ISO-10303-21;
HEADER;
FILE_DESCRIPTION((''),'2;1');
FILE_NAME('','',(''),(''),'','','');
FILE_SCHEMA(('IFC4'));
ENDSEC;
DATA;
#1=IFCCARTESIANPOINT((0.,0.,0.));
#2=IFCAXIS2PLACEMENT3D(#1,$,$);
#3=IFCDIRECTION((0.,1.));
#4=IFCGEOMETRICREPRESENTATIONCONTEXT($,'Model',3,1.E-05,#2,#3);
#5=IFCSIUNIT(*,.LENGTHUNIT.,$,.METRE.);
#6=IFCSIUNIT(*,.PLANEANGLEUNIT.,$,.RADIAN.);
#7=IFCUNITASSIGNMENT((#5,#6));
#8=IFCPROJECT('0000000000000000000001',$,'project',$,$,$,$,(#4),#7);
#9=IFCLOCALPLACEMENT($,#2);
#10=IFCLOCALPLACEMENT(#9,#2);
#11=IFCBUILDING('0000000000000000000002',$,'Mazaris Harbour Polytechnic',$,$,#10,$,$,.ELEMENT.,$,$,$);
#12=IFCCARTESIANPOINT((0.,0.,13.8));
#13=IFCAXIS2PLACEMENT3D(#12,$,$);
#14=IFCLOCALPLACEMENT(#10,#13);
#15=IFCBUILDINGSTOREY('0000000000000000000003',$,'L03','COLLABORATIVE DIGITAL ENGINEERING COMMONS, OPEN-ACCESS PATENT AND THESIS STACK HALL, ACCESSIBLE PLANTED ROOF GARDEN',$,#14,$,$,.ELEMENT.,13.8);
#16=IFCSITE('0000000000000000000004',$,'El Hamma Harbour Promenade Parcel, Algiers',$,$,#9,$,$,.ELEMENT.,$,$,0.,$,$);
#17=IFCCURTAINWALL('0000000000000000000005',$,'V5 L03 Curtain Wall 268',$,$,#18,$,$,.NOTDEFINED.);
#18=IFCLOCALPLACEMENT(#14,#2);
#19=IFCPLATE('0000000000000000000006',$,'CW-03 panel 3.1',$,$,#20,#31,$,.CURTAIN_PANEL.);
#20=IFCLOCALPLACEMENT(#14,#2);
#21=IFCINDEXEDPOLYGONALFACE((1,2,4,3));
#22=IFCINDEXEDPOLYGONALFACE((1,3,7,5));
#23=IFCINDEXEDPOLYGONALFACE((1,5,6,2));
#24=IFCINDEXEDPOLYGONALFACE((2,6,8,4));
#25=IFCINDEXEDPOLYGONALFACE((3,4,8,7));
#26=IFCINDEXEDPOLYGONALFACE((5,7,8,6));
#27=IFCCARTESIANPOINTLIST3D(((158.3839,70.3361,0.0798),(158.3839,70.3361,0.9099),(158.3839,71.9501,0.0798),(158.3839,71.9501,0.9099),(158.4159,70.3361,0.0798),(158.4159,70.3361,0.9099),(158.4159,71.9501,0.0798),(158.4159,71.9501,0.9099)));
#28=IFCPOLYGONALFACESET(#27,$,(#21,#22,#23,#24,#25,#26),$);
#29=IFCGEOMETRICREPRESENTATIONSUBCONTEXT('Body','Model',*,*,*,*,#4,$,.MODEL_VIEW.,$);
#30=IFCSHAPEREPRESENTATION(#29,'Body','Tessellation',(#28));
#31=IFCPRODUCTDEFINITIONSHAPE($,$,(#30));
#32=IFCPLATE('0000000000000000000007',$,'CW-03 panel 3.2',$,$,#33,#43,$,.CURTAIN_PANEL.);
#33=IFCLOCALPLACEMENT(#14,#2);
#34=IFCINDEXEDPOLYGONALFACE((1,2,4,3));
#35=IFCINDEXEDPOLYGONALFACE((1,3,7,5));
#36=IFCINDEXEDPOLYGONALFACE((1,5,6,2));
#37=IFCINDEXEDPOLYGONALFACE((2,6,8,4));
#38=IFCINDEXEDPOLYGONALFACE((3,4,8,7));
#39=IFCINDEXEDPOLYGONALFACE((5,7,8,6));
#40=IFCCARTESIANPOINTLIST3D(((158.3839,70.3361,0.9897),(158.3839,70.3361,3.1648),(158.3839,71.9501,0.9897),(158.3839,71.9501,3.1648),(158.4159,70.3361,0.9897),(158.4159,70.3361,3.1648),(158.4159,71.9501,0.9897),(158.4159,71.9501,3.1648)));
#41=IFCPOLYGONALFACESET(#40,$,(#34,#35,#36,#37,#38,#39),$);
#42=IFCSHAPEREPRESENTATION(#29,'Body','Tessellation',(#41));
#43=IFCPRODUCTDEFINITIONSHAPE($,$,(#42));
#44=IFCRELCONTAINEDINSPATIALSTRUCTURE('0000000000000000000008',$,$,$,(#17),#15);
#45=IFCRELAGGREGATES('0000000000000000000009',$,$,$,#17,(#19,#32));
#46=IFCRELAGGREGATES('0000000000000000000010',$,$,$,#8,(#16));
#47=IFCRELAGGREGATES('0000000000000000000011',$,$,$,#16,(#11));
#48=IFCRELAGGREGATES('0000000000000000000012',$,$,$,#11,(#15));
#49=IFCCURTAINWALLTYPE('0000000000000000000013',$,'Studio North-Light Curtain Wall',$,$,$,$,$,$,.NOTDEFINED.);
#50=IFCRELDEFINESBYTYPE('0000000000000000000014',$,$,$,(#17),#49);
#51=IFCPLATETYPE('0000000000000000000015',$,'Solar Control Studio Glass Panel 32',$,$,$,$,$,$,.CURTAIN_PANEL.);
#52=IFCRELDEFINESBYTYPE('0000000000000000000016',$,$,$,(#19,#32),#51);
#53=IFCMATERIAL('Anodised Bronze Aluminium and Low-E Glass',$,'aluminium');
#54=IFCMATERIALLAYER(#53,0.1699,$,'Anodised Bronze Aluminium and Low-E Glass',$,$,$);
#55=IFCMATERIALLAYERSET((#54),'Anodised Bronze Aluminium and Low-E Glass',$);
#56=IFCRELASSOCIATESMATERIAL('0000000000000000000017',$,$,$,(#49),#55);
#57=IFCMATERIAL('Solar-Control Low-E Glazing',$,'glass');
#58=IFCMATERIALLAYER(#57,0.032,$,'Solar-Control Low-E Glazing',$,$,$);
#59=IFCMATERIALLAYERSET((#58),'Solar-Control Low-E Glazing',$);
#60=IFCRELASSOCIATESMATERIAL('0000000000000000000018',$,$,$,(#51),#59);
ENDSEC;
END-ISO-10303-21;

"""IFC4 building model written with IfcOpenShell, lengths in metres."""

from ifc_helpers import new_model, si_unit, direction, frame, origin, origin_2d, place, context, subcontext, project, spatial, rectangle, extrude, material, layer, layer_set, type_object, element, aggregate, save


model = new_model("IFC4")

# Units and contexts
model_context = context("Model", 3, precision=1e-05, world=origin(), true_north=direction((0.0, 1.0)))
body_context = subcontext(model_context, "Body", "Model", "MODEL_VIEW")
ifc_project = project(units=[si_unit("LENGTHUNIT", "METRE"), si_unit("PLANEANGLEUNIT", "RADIAN")], contexts=[model_context])

# Site, building, storey
site_placement = place(None, origin())
site = spatial("IfcSite", under=ifc_project, at=site_placement, Name="El Hamma Harbour Promenade Parcel, Algiers", CompositionType="ELEMENT", RefElevation=0.0)
building_placement = place(site_placement, origin())
building = spatial("IfcBuilding", under=site, at=building_placement, Name="Mazaris Harbour Polytechnic", CompositionType="ELEMENT")
storey_placement = place(building_placement, frame((0.0, 0.0, 13.8)))
storey = spatial("IfcBuildingStorey", under=building, at=storey_placement, Name="L03", Description="COLLABORATIVE DIGITAL ENGINEERING COMMONS, OPEN-ACCESS PATENT AND THESIS STACK HALL, ACCESSIBLE PLANTED ROOF GARDEN", CompositionType="ELEMENT", Elevation=13.8)

# Curtain wall
ifc_material_1 = material(Name="Anodised Bronze Aluminium and Low-E Glass", Category="aluminium")
ifc_layer_1 = layer(ifc_material_1, 0.1699, Name="Anodised Bronze Aluminium and Low-E Glass")
ifc_layer_set_1 = layer_set([ifc_layer_1], Name="Anodised Bronze Aluminium and Low-E Glass")
curtain_wall_type = type_object("IfcCurtainWallType", Name="Studio North-Light Curtain Wall", PredefinedType="NOTDEFINED", material=ifc_layer_set_1)
curtain_wall_placement = place(storey_placement, origin())
curtain_wall = element("IfcCurtainWall", 1, at=curtain_wall_placement, inside=storey, type_object=curtain_wall_type, Name="V5 L03 Curtain Wall 268", PredefinedType="NOTDEFINED")

# Plates
ifc_material_2 = material(Name="Solar-Control Low-E Glazing", Category="glass")
ifc_layer_2 = layer(ifc_material_2, 0.032, Name="Solar-Control Low-E Glazing")
ifc_layer_set_2 = layer_set([ifc_layer_2], Name="Solar-Control Low-E Glazing")
plate_type = type_object("IfcPlateType", Name="Solar Control Studio Glass Panel 32", PredefinedType="CURTAIN_PANEL", material=ifc_layer_set_2)
plate_1_placement = place(storey_placement, frame((158.3999, 71.1431, 0.0798), z_axis=(0.0, 0.0, 1.0), x_axis=(0.0, -1.0, 0.0)))
plate_1 = element("IfcPlate", 2, at=plate_1_placement, type_object=plate_type, Name="CW-03 panel 3.1", PredefinedType="CURTAIN_PANEL", context=body_context, shape_type="SweptSolid", body=[
    extrude(rectangle(XDim=1.614, YDim=0.032, at=origin_2d()), origin(), (0.0, 0.0, 1.0), 0.8301),
])
plate_2_placement = place(storey_placement, frame((158.3999, 71.1431, 0.9897), z_axis=(0.0, 0.0, 1.0), x_axis=(0.0, -1.0, 0.0)))
plate_2 = element("IfcPlate", 3, at=plate_2_placement, type_object=plate_type, Name="CW-03 panel 3.2", PredefinedType="CURTAIN_PANEL", context=body_context, shape_type="SweptSolid", body=[
    extrude(rectangle(XDim=1.614, YDim=0.032, at=origin_2d()), origin(), (0.0, 0.0, 1.0), 2.175),
])
aggregate(curtain_wall, [plate_1, plate_2])

save(model, "model.ifc")
